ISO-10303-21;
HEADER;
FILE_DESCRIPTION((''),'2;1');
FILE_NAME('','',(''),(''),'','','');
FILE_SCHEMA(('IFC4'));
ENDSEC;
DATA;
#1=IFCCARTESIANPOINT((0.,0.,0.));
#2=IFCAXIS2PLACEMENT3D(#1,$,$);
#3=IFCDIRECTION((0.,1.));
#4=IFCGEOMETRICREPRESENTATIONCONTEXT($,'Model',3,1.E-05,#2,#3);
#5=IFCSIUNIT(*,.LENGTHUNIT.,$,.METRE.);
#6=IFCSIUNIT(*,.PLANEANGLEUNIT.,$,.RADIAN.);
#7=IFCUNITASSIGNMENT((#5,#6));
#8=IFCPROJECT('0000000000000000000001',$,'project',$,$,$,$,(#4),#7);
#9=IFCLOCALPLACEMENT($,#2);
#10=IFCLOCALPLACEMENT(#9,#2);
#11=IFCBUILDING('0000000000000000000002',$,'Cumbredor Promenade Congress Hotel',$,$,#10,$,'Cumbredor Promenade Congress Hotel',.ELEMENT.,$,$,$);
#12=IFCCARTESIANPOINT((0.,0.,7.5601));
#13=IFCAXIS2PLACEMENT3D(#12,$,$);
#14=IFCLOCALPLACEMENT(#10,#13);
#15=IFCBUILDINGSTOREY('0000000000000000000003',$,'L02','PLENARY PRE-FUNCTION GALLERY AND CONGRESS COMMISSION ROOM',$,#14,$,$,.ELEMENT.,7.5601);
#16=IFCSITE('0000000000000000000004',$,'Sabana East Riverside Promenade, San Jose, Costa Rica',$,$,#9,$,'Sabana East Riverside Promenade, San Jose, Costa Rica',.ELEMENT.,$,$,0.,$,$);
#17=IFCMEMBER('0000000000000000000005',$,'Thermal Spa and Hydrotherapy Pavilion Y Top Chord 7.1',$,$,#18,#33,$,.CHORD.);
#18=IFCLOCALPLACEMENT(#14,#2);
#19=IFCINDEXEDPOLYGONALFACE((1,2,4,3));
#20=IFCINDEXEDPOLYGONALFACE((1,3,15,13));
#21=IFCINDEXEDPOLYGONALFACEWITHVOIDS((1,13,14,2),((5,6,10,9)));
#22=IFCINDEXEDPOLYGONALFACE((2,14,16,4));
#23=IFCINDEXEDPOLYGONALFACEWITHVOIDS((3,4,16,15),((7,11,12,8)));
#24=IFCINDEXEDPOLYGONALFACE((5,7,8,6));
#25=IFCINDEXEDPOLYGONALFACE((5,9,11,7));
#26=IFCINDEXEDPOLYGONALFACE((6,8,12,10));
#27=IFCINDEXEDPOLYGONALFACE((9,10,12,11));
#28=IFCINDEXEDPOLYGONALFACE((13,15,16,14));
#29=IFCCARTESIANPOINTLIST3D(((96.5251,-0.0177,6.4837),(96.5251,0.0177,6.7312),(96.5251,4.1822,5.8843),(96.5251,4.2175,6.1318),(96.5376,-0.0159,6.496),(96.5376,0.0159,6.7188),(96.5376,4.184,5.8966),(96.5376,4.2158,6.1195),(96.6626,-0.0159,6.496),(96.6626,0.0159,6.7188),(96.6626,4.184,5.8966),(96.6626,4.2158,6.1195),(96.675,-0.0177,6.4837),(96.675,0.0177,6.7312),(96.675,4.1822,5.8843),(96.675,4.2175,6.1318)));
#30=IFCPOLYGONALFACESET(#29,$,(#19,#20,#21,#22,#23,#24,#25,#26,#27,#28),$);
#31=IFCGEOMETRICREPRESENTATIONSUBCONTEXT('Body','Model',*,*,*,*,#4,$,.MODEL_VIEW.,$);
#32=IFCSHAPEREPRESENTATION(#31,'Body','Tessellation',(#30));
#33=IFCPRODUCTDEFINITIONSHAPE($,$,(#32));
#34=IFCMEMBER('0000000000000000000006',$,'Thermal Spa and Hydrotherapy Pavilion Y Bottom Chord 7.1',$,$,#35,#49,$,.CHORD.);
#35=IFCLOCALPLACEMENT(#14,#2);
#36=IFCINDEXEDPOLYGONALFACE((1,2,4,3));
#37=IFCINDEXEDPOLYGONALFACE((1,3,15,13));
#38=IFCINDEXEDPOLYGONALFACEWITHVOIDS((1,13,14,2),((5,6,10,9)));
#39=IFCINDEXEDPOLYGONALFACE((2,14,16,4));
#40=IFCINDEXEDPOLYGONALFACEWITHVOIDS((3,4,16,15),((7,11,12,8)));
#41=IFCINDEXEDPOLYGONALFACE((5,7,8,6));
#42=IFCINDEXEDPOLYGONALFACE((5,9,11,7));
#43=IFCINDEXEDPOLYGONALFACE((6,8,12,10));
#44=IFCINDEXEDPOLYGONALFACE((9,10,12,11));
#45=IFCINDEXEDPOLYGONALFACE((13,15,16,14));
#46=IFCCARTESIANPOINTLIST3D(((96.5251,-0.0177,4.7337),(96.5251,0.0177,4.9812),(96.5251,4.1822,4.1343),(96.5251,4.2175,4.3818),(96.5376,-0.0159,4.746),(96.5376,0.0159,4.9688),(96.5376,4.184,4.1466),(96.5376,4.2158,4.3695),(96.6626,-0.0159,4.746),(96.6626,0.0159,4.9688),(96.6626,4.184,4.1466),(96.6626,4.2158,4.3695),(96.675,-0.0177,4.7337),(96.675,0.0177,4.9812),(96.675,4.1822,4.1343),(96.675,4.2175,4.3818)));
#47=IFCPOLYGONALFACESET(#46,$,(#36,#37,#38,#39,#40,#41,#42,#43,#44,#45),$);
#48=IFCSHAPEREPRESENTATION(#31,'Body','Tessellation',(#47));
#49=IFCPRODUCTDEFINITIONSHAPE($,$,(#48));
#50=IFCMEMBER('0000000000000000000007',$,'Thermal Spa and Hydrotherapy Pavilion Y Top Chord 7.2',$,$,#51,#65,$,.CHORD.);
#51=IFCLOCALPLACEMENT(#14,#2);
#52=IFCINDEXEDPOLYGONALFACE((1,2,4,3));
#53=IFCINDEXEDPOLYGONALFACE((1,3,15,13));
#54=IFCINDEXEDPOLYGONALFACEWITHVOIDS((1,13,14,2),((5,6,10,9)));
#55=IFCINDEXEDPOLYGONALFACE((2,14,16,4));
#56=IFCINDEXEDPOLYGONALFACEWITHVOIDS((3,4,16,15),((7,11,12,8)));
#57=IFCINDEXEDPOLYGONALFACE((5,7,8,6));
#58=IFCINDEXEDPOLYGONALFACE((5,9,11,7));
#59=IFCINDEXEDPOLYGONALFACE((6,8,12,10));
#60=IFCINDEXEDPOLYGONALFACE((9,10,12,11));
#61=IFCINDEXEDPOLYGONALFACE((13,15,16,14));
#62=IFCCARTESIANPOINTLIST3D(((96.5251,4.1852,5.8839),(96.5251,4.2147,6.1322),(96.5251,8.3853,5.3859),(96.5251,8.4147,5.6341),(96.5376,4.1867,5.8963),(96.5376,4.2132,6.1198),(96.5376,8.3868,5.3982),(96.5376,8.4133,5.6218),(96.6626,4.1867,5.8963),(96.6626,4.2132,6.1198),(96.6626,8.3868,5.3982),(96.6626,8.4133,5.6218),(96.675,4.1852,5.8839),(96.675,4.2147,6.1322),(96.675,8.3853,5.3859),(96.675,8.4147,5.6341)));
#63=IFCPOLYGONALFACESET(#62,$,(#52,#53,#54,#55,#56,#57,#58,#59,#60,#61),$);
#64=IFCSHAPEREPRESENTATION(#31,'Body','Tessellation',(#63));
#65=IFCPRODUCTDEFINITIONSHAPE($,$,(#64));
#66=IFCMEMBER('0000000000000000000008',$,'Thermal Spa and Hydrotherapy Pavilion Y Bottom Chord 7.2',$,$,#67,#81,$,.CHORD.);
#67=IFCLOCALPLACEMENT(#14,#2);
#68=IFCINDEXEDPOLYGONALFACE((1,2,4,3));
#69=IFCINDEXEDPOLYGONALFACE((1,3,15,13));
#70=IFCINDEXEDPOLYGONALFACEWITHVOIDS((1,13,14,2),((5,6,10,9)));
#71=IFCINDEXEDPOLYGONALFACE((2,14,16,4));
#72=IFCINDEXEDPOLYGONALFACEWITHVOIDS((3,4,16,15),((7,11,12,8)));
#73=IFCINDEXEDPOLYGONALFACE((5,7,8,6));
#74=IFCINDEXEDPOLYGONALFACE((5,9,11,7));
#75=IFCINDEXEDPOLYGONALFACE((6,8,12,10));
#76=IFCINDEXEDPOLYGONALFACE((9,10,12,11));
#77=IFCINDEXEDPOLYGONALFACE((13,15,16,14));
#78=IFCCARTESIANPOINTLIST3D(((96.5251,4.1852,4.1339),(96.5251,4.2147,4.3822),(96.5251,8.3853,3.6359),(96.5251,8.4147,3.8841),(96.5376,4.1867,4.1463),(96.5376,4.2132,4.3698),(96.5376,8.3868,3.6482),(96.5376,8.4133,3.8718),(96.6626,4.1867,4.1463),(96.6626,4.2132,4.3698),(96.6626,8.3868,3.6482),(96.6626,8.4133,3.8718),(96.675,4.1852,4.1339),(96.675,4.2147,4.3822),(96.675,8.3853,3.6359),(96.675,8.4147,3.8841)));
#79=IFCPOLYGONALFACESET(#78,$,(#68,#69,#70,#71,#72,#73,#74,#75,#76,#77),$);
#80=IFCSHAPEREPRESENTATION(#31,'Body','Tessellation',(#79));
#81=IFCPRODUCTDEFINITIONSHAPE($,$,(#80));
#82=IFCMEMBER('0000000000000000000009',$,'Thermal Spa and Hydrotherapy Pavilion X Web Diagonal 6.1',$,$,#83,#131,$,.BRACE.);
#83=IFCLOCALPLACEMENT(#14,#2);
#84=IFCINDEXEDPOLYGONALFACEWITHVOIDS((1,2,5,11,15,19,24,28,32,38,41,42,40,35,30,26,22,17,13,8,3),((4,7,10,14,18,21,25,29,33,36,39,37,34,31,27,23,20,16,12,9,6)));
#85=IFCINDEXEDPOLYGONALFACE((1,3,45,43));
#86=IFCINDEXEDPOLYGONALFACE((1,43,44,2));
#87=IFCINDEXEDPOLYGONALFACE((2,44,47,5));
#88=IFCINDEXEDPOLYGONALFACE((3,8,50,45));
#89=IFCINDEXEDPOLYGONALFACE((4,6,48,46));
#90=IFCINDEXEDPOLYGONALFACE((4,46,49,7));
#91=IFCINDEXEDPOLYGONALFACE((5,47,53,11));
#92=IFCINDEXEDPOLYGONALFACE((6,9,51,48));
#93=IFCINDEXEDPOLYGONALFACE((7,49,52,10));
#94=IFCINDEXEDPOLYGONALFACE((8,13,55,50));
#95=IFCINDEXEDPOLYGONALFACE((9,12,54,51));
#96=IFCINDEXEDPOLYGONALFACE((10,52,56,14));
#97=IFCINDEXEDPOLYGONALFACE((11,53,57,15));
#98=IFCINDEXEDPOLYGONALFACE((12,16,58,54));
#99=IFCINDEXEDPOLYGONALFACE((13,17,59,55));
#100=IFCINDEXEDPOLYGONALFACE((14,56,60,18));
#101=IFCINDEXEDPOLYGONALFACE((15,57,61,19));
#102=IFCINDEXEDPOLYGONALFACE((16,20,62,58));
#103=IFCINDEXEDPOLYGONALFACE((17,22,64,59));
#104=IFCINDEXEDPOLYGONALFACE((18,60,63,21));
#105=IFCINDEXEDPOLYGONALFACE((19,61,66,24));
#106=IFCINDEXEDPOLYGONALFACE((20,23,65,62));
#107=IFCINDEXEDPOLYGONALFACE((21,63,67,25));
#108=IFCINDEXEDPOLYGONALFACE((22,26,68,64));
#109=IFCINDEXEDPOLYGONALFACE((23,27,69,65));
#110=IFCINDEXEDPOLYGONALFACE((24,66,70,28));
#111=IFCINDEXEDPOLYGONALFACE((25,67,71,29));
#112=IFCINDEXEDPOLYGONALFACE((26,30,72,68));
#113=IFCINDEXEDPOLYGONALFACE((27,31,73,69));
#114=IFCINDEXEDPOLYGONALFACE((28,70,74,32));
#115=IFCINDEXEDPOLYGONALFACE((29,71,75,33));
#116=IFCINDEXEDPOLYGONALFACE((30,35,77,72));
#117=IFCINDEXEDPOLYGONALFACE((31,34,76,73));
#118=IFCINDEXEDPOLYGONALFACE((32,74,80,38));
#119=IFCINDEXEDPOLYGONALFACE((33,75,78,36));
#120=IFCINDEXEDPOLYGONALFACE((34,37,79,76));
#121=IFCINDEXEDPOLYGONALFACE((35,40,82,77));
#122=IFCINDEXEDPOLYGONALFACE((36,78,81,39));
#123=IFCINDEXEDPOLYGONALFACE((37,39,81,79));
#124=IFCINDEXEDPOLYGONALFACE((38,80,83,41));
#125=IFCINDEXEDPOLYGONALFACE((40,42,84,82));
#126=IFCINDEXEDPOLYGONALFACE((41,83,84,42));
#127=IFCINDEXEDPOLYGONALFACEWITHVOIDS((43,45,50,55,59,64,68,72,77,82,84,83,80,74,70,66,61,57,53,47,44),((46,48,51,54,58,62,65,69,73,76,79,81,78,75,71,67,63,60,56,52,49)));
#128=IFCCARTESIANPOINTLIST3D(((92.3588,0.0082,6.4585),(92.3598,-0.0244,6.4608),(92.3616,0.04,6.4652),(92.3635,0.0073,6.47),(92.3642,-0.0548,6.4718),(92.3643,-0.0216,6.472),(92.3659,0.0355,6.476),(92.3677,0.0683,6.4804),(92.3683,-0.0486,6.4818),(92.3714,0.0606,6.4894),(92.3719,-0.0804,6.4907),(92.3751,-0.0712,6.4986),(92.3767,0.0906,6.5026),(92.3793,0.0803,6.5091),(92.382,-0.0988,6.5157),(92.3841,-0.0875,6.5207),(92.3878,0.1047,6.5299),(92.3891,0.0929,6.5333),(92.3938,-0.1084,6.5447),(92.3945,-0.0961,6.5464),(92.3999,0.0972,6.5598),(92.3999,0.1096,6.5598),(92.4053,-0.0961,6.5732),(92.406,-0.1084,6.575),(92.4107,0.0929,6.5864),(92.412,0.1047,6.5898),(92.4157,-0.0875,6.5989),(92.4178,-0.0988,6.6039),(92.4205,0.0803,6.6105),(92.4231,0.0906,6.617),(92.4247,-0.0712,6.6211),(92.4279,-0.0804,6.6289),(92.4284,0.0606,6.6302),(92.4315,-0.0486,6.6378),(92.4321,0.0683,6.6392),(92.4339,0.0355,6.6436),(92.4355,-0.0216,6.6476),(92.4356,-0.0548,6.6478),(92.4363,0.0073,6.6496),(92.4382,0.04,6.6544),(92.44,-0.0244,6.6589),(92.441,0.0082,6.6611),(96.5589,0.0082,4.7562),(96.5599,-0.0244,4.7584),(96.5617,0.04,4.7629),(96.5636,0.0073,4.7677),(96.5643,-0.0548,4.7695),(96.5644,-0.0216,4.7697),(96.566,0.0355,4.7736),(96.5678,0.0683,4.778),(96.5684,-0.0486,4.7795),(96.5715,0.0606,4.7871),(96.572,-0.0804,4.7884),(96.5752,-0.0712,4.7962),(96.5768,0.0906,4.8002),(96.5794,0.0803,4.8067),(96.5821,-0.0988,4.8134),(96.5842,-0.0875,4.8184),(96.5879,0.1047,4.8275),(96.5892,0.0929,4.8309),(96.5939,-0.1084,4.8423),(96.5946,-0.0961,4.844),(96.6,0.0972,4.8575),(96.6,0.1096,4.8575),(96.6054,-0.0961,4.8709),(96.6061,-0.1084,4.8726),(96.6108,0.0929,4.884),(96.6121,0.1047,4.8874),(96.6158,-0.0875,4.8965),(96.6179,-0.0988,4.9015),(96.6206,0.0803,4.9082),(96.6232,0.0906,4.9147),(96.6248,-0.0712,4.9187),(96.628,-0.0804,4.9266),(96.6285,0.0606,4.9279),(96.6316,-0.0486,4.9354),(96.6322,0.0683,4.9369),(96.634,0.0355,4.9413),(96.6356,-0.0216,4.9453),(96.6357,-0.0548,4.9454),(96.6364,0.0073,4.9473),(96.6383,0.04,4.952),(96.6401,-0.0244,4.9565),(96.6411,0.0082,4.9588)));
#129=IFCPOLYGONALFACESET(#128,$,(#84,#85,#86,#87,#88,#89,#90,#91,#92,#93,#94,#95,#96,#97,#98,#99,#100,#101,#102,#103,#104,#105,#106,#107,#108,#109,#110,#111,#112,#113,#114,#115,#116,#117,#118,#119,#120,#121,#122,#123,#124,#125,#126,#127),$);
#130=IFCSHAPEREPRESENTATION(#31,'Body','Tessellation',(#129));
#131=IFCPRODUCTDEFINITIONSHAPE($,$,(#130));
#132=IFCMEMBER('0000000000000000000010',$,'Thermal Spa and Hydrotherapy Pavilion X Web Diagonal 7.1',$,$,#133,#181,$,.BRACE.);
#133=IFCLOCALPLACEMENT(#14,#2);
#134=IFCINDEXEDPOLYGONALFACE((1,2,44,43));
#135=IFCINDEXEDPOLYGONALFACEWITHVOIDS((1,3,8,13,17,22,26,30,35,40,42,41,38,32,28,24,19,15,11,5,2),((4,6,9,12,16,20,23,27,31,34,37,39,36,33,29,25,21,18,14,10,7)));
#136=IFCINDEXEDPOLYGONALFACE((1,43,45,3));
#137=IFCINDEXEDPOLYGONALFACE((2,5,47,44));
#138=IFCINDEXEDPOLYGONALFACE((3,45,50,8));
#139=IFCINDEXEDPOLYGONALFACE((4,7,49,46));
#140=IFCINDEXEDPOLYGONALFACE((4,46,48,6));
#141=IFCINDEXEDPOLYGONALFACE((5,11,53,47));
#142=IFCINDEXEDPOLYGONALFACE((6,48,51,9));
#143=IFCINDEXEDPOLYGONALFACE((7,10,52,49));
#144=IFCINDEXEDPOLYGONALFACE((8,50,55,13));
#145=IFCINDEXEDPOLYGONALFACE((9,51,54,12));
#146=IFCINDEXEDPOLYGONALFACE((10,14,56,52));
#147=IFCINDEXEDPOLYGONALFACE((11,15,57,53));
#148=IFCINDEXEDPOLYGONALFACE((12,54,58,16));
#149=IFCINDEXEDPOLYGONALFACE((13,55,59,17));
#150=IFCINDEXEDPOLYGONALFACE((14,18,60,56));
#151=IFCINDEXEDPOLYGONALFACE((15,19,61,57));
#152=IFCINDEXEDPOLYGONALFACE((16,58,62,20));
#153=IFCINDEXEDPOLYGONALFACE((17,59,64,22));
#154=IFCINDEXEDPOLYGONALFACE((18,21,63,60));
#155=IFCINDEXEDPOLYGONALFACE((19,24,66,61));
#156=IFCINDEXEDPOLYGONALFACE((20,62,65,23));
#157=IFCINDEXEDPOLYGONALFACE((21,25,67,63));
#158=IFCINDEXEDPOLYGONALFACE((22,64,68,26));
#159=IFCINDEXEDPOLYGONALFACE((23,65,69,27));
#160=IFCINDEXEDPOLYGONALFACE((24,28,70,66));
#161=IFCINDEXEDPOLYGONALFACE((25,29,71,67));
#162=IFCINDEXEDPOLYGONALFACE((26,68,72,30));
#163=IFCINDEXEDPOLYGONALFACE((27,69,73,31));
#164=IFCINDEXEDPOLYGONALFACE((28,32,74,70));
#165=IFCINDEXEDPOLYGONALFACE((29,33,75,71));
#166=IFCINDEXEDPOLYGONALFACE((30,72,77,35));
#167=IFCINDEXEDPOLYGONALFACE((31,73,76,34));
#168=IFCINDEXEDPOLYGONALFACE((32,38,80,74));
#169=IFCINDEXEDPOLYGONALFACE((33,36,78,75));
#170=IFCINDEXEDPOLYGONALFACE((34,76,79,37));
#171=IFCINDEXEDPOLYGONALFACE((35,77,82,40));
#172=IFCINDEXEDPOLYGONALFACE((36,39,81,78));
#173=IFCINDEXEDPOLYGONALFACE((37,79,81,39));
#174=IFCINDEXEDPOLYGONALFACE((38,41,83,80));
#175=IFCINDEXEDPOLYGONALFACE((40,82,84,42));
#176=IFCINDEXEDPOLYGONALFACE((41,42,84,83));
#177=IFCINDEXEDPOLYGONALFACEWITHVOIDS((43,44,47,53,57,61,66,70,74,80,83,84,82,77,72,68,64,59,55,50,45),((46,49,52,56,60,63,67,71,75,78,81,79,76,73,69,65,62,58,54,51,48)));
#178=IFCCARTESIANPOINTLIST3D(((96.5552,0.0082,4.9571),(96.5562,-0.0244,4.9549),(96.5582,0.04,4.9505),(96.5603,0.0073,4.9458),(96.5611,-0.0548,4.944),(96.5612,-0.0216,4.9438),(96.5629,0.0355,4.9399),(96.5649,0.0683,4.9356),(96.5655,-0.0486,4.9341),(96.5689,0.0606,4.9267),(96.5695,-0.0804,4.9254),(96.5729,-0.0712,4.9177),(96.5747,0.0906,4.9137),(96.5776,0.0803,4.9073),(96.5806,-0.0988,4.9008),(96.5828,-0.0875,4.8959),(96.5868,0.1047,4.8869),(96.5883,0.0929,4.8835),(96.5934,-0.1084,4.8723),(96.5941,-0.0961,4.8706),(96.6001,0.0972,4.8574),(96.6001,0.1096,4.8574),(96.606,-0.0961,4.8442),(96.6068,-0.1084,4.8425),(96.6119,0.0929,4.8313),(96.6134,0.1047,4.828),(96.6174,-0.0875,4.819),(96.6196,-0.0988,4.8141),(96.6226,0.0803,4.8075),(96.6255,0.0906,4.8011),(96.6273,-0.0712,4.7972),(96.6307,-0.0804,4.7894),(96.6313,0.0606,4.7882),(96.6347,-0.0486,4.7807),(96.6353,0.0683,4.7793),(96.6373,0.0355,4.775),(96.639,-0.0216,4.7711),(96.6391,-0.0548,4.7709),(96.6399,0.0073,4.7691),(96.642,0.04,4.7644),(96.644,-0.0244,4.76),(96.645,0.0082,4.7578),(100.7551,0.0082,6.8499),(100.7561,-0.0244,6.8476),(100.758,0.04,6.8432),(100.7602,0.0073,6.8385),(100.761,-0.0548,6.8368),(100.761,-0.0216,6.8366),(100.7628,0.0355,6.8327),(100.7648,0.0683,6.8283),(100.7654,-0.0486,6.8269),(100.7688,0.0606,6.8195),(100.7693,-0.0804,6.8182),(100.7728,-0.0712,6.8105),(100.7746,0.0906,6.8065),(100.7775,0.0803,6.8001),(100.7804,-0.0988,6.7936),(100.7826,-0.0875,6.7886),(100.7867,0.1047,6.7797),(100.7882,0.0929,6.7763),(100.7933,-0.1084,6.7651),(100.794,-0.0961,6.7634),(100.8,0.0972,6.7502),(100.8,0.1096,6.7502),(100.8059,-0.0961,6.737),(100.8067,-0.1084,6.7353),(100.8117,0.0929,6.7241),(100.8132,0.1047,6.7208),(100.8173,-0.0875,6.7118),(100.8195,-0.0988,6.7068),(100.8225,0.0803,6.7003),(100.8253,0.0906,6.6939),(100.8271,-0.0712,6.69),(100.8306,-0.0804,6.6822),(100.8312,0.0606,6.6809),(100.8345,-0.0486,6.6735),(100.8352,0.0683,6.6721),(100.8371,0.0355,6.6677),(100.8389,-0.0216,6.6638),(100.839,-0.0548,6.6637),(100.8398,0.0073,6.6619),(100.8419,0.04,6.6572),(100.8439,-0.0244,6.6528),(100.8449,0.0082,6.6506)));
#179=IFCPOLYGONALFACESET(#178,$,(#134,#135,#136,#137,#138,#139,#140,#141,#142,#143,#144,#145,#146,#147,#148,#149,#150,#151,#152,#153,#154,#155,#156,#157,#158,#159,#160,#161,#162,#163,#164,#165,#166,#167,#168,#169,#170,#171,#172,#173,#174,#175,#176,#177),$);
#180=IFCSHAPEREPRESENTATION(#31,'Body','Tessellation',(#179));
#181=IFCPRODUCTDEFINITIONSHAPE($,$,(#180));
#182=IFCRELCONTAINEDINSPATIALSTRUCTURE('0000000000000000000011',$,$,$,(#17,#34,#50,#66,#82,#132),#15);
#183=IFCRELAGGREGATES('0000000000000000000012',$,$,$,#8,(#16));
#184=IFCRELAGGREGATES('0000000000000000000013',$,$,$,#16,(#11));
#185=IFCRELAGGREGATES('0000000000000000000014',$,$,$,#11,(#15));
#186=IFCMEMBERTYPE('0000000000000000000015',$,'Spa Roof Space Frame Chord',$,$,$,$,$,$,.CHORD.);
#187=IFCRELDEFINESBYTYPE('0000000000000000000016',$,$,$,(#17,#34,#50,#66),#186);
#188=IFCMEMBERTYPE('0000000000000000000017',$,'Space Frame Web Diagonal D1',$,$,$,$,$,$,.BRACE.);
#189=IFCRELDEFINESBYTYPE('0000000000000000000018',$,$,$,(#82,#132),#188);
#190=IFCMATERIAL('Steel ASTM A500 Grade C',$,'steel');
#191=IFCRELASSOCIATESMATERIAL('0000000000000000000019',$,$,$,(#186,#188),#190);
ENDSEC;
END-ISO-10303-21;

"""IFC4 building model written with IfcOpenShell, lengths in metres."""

from ifc_helpers import new_model, si_unit, direction, frame, origin, origin_2d, place, context, subcontext, project, spatial, hollow_rectangle, hollow_circle, extrude, material, material_profile, profile_set, type_object, element, save


model = new_model("IFC4")

# Units and contexts
model_context = context("Model", 3, precision=1e-05, world=origin(), true_north=direction((0.0, 1.0)))
body_context = subcontext(model_context, "Body", "Model", "MODEL_VIEW")
ifc_project = project(units=[si_unit("LENGTHUNIT", "METRE"), si_unit("PLANEANGLEUNIT", "RADIAN")], contexts=[model_context])

# Site, building, storey
site_placement = place(None, origin())
site = spatial("IfcSite", under=ifc_project, at=site_placement, Name="Sabana East Riverside Promenade, San Jose, Costa Rica", LongName="Sabana East Riverside Promenade, San Jose, Costa Rica", CompositionType="ELEMENT", RefElevation=0.0)
building_placement = place(site_placement, origin())
building = spatial("IfcBuilding", under=site, at=building_placement, Name="Cumbredor Promenade Congress Hotel", LongName="Cumbredor Promenade Congress Hotel", CompositionType="ELEMENT")
storey_placement = place(building_placement, frame((0.0, 0.0, 7.5601)))
storey = spatial("IfcBuildingStorey", under=building, at=storey_placement, Name="L02", Description="PLENARY PRE-FUNCTION GALLERY AND CONGRESS COMMISSION ROOM", CompositionType="ELEMENT", Elevation=7.5601)

# Members
ifc_material_1 = material(Name="Steel ASTM A500 Grade C", Category="steel")
ifc_material_profile_1 = material_profile(ifc_material_1, hollow_rectangle(XDim=0.1499, YDim=0.25, WallThickness=0.0125, at=origin_2d()), Name="HSS 250x150x12.5")
ifc_profile_set_1 = profile_set([ifc_material_profile_1], Name="Steel ASTM A500 Grade C")
member_type_1 = type_object("IfcMemberType", Name="Spa Roof Space Frame Chord", PredefinedType="CHORD", material=ifc_profile_set_1)
for number, where, z_axis, x_axis, name in (
    (1, (96.6001, 0.0, 6.6074), (0.0, 0.98997, -0.141276), (-1.0, 0.0, 0.0), "Thermal Spa and Hydrotherapy Pavilion Y Top Chord 7.1"),
    (2, (96.6001, 0.0, 4.8574), (0.0, 0.98997, -0.141276), (-1.0, 0.0, 0.0), "Thermal Spa and Hydrotherapy Pavilion Y Bottom Chord 7.1"),
):
    element("IfcMember", number, at=place(storey_placement, frame(where, z_axis=z_axis, x_axis=x_axis)), inside=storey, type_object=member_type_1, Name=name, PredefinedType="CHORD", context=body_context, shape_type="SweptSolid", body=[
        extrude(hollow_rectangle(XDim=0.1499, YDim=0.25, WallThickness=0.0125, at=origin_2d()), origin(), (0.0, 0.0, 1.0), 4.2424),
    ])
for number, where, z_axis, x_axis, name in (
    (3, (96.6001, 4.2, 6.0081), (0.0, 0.993042, -0.117759), (-1.0, 0.0, 0.0), "Thermal Spa and Hydrotherapy Pavilion Y Top Chord 7.2"),
    (4, (96.6001, 4.2, 4.2581), (0.0, 0.993042, -0.117759), (-1.0, 0.0, 0.0), "Thermal Spa and Hydrotherapy Pavilion Y Bottom Chord 7.2"),
):
    element("IfcMember", number, at=place(storey_placement, frame(where, z_axis=z_axis, x_axis=x_axis)), inside=storey, type_object=member_type_1, Name=name, PredefinedType="CHORD", context=body_context, shape_type="SweptSolid", body=[
        extrude(hollow_rectangle(XDim=0.1499, YDim=0.25, WallThickness=0.0125, at=origin_2d()), origin(), (0.0, 0.0, 1.0), 4.2295),
    ])
ifc_material_profile_2 = material_profile(ifc_material_1, hollow_circle(Radius=0.1096, WallThickness=0.0125, at=origin_2d()), Name="CHS 219.1x12.5")
ifc_profile_set_2 = profile_set([ifc_material_profile_2], Name="Steel ASTM A500 Grade C")
member_type_2 = type_object("IfcMemberType", Name="Space Frame Web Diagonal D1", PredefinedType="BRACE", material=ifc_profile_set_2)
member_1_placement = place(storey_placement, frame((92.3999, 0.0, 6.5598), z_axis=(0.926769, 0.0, -0.375631), x_axis=(0.0, 1.0, 0.0)))
element("IfcMember", 5, at=member_1_placement, inside=storey, type_object=member_type_2, Name="Thermal Spa and Hydrotherapy Pavilion X Web Diagonal 6.1", PredefinedType="BRACE", context=body_context, shape_type="SweptSolid", body=[
    extrude(hollow_circle(Radius=0.1096, WallThickness=0.0125, at=origin_2d()), origin(), (0.0, 0.0, 1.0), 4.532),
])
member_2_placement = place(storey_placement, frame((96.6001, 0.0, 4.8574), z_axis=(0.91169, 0.0, 0.410878), x_axis=(0.0, 1.0, 0.0)))
element("IfcMember", 6, at=member_2_placement, inside=storey, type_object=member_type_2, Name="Thermal Spa and Hydrotherapy Pavilion X Web Diagonal 7.1", PredefinedType="BRACE", context=body_context, shape_type="SweptSolid", body=[
    extrude(hollow_circle(Radius=0.1096, WallThickness=0.0125, at=origin_2d()), origin(), (0.0, 0.0, 1.0), 4.6067),
])

save(model, "model.ifc")
